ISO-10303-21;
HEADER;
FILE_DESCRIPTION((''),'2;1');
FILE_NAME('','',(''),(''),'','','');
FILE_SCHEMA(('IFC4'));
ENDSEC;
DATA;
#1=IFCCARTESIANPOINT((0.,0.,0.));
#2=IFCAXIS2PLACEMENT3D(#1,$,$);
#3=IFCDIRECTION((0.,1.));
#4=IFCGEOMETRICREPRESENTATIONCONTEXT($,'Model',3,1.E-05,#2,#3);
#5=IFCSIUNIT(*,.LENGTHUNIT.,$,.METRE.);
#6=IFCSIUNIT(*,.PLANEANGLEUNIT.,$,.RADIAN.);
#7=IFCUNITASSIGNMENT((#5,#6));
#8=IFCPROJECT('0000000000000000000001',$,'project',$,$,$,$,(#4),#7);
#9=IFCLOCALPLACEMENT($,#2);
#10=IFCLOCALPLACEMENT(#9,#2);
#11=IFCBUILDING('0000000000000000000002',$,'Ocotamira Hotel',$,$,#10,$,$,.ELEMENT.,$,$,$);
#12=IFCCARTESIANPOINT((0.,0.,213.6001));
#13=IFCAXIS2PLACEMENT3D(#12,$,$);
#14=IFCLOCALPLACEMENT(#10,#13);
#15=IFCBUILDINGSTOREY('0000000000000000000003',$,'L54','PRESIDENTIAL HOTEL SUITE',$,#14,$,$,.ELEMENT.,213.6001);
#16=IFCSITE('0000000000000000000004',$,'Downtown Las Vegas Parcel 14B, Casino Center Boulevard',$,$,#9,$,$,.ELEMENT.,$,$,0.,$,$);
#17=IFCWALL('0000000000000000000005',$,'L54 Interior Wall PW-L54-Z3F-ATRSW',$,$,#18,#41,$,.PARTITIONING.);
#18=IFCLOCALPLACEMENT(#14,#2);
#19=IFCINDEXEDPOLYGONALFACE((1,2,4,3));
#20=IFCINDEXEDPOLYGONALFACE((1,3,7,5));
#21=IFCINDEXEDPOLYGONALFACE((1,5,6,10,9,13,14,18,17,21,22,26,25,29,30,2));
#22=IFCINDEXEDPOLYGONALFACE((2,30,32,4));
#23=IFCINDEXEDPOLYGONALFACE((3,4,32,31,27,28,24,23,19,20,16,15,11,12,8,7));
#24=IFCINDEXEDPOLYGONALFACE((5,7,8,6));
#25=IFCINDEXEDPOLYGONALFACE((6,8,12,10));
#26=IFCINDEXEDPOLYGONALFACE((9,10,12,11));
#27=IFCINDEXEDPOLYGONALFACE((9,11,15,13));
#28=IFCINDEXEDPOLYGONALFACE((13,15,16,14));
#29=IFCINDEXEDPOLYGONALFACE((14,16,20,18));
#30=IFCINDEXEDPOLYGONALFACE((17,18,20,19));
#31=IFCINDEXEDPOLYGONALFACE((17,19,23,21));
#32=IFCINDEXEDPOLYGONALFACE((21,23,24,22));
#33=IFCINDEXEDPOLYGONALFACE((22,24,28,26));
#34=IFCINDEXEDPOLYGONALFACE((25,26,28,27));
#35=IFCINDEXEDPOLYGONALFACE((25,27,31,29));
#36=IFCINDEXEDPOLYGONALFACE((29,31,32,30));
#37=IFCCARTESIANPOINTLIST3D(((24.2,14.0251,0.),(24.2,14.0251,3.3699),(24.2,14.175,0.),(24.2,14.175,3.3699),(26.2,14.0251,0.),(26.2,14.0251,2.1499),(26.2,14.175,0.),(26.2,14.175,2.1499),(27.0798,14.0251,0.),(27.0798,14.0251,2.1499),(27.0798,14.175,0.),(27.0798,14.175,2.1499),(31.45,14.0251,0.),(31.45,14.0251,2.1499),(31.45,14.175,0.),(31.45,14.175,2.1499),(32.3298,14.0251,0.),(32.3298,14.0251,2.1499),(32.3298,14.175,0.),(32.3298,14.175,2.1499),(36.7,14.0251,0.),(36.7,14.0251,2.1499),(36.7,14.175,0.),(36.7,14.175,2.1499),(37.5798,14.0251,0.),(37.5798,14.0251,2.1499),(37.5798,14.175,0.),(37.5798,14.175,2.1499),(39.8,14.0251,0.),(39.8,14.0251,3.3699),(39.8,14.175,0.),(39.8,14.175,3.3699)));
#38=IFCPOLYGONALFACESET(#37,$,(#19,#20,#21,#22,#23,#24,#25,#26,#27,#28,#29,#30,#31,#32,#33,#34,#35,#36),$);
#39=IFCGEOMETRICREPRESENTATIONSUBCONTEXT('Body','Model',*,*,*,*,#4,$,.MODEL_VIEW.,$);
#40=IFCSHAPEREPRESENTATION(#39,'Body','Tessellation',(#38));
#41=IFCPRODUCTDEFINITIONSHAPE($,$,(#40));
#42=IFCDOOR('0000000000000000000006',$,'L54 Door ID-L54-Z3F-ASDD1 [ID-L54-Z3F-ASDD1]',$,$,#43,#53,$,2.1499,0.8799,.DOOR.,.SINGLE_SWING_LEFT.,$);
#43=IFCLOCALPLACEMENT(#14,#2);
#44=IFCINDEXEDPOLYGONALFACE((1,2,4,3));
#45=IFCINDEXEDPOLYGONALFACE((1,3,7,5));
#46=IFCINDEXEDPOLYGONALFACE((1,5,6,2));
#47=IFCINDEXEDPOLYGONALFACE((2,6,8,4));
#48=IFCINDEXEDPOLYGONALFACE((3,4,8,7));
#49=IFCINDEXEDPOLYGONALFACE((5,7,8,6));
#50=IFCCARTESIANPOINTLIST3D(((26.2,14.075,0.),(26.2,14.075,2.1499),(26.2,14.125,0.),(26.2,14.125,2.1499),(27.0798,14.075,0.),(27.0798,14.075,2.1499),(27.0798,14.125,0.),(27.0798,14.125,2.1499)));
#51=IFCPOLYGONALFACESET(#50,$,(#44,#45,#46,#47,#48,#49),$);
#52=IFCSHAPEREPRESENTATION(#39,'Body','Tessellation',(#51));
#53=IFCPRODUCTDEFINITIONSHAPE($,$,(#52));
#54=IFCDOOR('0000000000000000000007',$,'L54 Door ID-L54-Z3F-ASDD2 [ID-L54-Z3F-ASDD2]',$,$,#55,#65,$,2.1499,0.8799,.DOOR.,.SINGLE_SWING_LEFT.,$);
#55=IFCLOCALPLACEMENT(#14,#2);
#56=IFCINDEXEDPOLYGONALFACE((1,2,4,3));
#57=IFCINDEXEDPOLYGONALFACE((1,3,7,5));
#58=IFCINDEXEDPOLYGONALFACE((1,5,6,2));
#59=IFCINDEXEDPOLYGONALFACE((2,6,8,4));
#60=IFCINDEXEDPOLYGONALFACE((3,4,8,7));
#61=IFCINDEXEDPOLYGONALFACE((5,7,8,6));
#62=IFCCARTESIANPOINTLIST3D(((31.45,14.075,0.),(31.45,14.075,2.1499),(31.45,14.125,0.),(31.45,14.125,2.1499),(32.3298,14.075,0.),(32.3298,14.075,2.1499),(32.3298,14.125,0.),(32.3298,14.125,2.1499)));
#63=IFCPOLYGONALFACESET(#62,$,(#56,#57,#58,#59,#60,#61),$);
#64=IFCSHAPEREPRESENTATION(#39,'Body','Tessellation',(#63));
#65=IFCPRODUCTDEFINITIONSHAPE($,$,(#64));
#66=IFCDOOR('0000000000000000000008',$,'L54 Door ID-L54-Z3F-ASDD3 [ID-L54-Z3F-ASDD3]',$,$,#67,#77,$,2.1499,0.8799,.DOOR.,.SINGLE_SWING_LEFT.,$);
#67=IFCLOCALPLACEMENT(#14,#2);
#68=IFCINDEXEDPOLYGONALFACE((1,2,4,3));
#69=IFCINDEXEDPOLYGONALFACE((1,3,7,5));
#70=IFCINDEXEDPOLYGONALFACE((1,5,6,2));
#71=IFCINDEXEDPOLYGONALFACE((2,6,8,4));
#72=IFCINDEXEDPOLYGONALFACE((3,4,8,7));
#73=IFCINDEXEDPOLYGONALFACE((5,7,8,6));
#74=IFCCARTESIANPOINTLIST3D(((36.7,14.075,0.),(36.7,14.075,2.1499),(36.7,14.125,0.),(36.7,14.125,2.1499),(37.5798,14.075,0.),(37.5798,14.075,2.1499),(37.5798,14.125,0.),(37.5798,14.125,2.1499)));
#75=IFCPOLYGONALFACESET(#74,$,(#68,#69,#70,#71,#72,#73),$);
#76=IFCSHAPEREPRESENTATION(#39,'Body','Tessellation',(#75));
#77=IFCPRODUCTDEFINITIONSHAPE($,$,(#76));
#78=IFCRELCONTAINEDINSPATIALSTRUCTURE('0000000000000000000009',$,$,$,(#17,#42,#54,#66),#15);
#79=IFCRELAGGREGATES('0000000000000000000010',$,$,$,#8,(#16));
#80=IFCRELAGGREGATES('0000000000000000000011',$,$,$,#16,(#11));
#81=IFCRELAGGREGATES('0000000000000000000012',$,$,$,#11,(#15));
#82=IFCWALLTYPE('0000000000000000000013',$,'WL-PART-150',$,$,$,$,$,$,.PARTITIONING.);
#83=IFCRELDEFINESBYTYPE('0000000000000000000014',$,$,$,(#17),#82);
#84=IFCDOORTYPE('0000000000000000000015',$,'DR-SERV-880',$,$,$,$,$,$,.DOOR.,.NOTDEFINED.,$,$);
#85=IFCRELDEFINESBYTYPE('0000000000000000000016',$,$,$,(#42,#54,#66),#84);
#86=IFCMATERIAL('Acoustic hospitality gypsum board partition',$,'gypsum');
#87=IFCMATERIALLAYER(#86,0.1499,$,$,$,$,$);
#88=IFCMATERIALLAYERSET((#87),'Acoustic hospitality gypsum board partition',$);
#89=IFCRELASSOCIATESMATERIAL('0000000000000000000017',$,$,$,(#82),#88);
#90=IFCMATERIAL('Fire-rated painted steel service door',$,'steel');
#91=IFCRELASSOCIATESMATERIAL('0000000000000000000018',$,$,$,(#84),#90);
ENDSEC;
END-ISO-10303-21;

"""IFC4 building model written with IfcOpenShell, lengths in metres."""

from ifc_helpers import new_model, si_unit, direction, frame, frame_2d, origin, place, context, subcontext, project, spatial, rectangle, extrude, source, transform, mapped, material, layer, layer_set, type_object, element, fill, save


model = new_model("IFC4")

# Units and contexts
model_context = context("Model", 3, precision=1e-05, world=origin(), true_north=direction((0.0, 1.0)))
body_context = subcontext(model_context, "Body", "Model", "MODEL_VIEW")
ifc_project = project(units=[si_unit("LENGTHUNIT", "METRE"), si_unit("PLANEANGLEUNIT", "RADIAN")], contexts=[model_context])

# Site, building, storey
site_placement = place(None, origin())
site = spatial("IfcSite", under=ifc_project, at=site_placement, Name="Downtown Las Vegas Parcel 14B, Casino Center Boulevard", CompositionType="ELEMENT", RefElevation=0.0)
building_placement = place(site_placement, origin())
building = spatial("IfcBuilding", under=site, at=building_placement, Name="Ocotamira Hotel", CompositionType="ELEMENT")
storey_placement = place(building_placement, frame((0.0, 0.0, 213.6001)))
storey = spatial("IfcBuildingStorey", under=building, at=storey_placement, Name="L54", Description="PRESIDENTIAL HOTEL SUITE", CompositionType="ELEMENT", Elevation=213.6001)

# Shared definitions
ifc_material_1 = material(Name="Acoustic hospitality gypsum board partition", Category="gypsum")

# Wall, openings, doors
ifc_layer_1 = layer(ifc_material_1, 0.1499)
ifc_layer_set_1 = layer_set([ifc_layer_1], Name="Acoustic hospitality gypsum board partition")
wall_type_1 = type_object("IfcWallType", Name="WL-PART-150", PredefinedType="PARTITIONING", material=ifc_layer_set_1)
wall_1_placement = place(storey_placement, frame((24.2, 14.1001, 0.0), z_axis=(0.0, 0.0, 1.0), x_axis=(1.0, 0.0, 0.0)))
wall_1 = element("IfcWall", 1, at=wall_1_placement, inside=storey, type_object=wall_type_1, Name="L54 Interior Wall PW-L54-Z3F-ATRSW", PredefinedType="PARTITIONING", context=body_context, shape_type="SweptSolid", body=[
    extrude(rectangle(XDim=15.6001, YDim=0.1499, at=frame_2d((7.8, 0.0))), origin(), (0.0, 0.0, 1.0), 3.3699),
])
opening_1_placement = place(wall_1_placement, frame((2.0, 0.0, 0.0)))
opening_1 = element("IfcOpeningElement", 2, at=opening_1_placement, cuts=wall_1, PredefinedType="OPENING", context=body_context, shape_type="SweptSolid", body=[
    extrude(rectangle(XDim=0.8799, YDim=2.1499, at=frame_2d((0.4399, 1.075))), frame((0.0, 0.085, 0.0), z_axis=(0.0, -1.0, 0.0), x_axis=(1.0, 0.0, 0.0)), (0.0, 0.0, 1.0), 0.1699),
])
opening_2_placement = place(wall_1_placement, frame((7.25, 0.0, 0.0)))
opening_2 = element("IfcOpeningElement", 3, at=opening_2_placement, cuts=wall_1, PredefinedType="OPENING", context=body_context, shape_type="SweptSolid", body=[
    extrude(rectangle(XDim=0.8799, YDim=2.1499, at=frame_2d((0.4399, 1.075))), frame((0.0, 0.085, 0.0), z_axis=(0.0, -1.0, 0.0), x_axis=(1.0, 0.0, 0.0)), (0.0, 0.0, 1.0), 0.1699),
])
opening_3_placement = place(wall_1_placement, frame((12.5, 0.0, 0.0)))
opening_3 = element("IfcOpeningElement", 4, at=opening_3_placement, cuts=wall_1, PredefinedType="OPENING", context=body_context, shape_type="SweptSolid", body=[
    extrude(rectangle(XDim=0.8799, YDim=2.1499, at=frame_2d((0.4399, 1.075))), frame((0.0, 0.085, 0.0), z_axis=(0.0, -1.0, 0.0), x_axis=(1.0, 0.0, 0.0)), (0.0, 0.0, 1.0), 0.1699),
])
ifc_material_2 = material(Name="Fire-rated painted steel service door", Category="steel")
door_type_1 = type_object("IfcDoorType", Name="DR-SERV-880", OperationType="NOTDEFINED", PredefinedType="DOOR", material=ifc_material_2)
shared_shape_1 = source(origin(), body_context, "Body", "SweptSolid", [
    extrude(rectangle(XDim=0.8799, YDim=2.1499, at=frame_2d((0.4399, 1.075))), frame((0.0, 0.0249, 0.0), z_axis=(0.0, -1.0, 0.0), x_axis=(1.0, 0.0, 0.0)), (0.0, 0.0, 1.0), 0.05),
])
door_1_placement = place(opening_1_placement, origin())
door_1 = element("IfcDoor", 5, at=door_1_placement, inside=storey, type_object=door_type_1, Name="L54 Door ID-L54-Z3F-ASDD1 [ID-L54-Z3F-ASDD1]", OperationType="SINGLE_SWING_LEFT", OverallHeight=2.1499, OverallWidth=0.8799, PredefinedType="DOOR", context=body_context, shape_type="MappedRepresentation", body=[
    mapped(shared_shape_1, transform((0.0, 0.0, 0.0), scale=1.0)),
])
fill(opening_1, door_1)
door_2_placement = place(opening_2_placement, origin())
door_2 = element("IfcDoor", 6, at=door_2_placement, inside=storey, type_object=door_type_1, Name="L54 Door ID-L54-Z3F-ASDD2 [ID-L54-Z3F-ASDD2]", OperationType="SINGLE_SWING_LEFT", OverallHeight=2.1499, OverallWidth=0.8799, PredefinedType="DOOR", context=body_context, shape_type="MappedRepresentation", body=[
    mapped(shared_shape_1, transform((0.0, 0.0, 0.0), scale=1.0)),
])
fill(opening_2, door_2)
door_3_placement = place(opening_3_placement, origin())
door_3 = element("IfcDoor", 7, at=door_3_placement, inside=storey, type_object=door_type_1, Name="L54 Door ID-L54-Z3F-ASDD3 [ID-L54-Z3F-ASDD3]", OperationType="SINGLE_SWING_LEFT", OverallHeight=2.1499, OverallWidth=0.8799, PredefinedType="DOOR", context=body_context, shape_type="MappedRepresentation", body=[
    mapped(shared_shape_1, transform((0.0, 0.0, 0.0), scale=1.0)),
])
fill(opening_3, door_3)

save(model, "model.ifc")
